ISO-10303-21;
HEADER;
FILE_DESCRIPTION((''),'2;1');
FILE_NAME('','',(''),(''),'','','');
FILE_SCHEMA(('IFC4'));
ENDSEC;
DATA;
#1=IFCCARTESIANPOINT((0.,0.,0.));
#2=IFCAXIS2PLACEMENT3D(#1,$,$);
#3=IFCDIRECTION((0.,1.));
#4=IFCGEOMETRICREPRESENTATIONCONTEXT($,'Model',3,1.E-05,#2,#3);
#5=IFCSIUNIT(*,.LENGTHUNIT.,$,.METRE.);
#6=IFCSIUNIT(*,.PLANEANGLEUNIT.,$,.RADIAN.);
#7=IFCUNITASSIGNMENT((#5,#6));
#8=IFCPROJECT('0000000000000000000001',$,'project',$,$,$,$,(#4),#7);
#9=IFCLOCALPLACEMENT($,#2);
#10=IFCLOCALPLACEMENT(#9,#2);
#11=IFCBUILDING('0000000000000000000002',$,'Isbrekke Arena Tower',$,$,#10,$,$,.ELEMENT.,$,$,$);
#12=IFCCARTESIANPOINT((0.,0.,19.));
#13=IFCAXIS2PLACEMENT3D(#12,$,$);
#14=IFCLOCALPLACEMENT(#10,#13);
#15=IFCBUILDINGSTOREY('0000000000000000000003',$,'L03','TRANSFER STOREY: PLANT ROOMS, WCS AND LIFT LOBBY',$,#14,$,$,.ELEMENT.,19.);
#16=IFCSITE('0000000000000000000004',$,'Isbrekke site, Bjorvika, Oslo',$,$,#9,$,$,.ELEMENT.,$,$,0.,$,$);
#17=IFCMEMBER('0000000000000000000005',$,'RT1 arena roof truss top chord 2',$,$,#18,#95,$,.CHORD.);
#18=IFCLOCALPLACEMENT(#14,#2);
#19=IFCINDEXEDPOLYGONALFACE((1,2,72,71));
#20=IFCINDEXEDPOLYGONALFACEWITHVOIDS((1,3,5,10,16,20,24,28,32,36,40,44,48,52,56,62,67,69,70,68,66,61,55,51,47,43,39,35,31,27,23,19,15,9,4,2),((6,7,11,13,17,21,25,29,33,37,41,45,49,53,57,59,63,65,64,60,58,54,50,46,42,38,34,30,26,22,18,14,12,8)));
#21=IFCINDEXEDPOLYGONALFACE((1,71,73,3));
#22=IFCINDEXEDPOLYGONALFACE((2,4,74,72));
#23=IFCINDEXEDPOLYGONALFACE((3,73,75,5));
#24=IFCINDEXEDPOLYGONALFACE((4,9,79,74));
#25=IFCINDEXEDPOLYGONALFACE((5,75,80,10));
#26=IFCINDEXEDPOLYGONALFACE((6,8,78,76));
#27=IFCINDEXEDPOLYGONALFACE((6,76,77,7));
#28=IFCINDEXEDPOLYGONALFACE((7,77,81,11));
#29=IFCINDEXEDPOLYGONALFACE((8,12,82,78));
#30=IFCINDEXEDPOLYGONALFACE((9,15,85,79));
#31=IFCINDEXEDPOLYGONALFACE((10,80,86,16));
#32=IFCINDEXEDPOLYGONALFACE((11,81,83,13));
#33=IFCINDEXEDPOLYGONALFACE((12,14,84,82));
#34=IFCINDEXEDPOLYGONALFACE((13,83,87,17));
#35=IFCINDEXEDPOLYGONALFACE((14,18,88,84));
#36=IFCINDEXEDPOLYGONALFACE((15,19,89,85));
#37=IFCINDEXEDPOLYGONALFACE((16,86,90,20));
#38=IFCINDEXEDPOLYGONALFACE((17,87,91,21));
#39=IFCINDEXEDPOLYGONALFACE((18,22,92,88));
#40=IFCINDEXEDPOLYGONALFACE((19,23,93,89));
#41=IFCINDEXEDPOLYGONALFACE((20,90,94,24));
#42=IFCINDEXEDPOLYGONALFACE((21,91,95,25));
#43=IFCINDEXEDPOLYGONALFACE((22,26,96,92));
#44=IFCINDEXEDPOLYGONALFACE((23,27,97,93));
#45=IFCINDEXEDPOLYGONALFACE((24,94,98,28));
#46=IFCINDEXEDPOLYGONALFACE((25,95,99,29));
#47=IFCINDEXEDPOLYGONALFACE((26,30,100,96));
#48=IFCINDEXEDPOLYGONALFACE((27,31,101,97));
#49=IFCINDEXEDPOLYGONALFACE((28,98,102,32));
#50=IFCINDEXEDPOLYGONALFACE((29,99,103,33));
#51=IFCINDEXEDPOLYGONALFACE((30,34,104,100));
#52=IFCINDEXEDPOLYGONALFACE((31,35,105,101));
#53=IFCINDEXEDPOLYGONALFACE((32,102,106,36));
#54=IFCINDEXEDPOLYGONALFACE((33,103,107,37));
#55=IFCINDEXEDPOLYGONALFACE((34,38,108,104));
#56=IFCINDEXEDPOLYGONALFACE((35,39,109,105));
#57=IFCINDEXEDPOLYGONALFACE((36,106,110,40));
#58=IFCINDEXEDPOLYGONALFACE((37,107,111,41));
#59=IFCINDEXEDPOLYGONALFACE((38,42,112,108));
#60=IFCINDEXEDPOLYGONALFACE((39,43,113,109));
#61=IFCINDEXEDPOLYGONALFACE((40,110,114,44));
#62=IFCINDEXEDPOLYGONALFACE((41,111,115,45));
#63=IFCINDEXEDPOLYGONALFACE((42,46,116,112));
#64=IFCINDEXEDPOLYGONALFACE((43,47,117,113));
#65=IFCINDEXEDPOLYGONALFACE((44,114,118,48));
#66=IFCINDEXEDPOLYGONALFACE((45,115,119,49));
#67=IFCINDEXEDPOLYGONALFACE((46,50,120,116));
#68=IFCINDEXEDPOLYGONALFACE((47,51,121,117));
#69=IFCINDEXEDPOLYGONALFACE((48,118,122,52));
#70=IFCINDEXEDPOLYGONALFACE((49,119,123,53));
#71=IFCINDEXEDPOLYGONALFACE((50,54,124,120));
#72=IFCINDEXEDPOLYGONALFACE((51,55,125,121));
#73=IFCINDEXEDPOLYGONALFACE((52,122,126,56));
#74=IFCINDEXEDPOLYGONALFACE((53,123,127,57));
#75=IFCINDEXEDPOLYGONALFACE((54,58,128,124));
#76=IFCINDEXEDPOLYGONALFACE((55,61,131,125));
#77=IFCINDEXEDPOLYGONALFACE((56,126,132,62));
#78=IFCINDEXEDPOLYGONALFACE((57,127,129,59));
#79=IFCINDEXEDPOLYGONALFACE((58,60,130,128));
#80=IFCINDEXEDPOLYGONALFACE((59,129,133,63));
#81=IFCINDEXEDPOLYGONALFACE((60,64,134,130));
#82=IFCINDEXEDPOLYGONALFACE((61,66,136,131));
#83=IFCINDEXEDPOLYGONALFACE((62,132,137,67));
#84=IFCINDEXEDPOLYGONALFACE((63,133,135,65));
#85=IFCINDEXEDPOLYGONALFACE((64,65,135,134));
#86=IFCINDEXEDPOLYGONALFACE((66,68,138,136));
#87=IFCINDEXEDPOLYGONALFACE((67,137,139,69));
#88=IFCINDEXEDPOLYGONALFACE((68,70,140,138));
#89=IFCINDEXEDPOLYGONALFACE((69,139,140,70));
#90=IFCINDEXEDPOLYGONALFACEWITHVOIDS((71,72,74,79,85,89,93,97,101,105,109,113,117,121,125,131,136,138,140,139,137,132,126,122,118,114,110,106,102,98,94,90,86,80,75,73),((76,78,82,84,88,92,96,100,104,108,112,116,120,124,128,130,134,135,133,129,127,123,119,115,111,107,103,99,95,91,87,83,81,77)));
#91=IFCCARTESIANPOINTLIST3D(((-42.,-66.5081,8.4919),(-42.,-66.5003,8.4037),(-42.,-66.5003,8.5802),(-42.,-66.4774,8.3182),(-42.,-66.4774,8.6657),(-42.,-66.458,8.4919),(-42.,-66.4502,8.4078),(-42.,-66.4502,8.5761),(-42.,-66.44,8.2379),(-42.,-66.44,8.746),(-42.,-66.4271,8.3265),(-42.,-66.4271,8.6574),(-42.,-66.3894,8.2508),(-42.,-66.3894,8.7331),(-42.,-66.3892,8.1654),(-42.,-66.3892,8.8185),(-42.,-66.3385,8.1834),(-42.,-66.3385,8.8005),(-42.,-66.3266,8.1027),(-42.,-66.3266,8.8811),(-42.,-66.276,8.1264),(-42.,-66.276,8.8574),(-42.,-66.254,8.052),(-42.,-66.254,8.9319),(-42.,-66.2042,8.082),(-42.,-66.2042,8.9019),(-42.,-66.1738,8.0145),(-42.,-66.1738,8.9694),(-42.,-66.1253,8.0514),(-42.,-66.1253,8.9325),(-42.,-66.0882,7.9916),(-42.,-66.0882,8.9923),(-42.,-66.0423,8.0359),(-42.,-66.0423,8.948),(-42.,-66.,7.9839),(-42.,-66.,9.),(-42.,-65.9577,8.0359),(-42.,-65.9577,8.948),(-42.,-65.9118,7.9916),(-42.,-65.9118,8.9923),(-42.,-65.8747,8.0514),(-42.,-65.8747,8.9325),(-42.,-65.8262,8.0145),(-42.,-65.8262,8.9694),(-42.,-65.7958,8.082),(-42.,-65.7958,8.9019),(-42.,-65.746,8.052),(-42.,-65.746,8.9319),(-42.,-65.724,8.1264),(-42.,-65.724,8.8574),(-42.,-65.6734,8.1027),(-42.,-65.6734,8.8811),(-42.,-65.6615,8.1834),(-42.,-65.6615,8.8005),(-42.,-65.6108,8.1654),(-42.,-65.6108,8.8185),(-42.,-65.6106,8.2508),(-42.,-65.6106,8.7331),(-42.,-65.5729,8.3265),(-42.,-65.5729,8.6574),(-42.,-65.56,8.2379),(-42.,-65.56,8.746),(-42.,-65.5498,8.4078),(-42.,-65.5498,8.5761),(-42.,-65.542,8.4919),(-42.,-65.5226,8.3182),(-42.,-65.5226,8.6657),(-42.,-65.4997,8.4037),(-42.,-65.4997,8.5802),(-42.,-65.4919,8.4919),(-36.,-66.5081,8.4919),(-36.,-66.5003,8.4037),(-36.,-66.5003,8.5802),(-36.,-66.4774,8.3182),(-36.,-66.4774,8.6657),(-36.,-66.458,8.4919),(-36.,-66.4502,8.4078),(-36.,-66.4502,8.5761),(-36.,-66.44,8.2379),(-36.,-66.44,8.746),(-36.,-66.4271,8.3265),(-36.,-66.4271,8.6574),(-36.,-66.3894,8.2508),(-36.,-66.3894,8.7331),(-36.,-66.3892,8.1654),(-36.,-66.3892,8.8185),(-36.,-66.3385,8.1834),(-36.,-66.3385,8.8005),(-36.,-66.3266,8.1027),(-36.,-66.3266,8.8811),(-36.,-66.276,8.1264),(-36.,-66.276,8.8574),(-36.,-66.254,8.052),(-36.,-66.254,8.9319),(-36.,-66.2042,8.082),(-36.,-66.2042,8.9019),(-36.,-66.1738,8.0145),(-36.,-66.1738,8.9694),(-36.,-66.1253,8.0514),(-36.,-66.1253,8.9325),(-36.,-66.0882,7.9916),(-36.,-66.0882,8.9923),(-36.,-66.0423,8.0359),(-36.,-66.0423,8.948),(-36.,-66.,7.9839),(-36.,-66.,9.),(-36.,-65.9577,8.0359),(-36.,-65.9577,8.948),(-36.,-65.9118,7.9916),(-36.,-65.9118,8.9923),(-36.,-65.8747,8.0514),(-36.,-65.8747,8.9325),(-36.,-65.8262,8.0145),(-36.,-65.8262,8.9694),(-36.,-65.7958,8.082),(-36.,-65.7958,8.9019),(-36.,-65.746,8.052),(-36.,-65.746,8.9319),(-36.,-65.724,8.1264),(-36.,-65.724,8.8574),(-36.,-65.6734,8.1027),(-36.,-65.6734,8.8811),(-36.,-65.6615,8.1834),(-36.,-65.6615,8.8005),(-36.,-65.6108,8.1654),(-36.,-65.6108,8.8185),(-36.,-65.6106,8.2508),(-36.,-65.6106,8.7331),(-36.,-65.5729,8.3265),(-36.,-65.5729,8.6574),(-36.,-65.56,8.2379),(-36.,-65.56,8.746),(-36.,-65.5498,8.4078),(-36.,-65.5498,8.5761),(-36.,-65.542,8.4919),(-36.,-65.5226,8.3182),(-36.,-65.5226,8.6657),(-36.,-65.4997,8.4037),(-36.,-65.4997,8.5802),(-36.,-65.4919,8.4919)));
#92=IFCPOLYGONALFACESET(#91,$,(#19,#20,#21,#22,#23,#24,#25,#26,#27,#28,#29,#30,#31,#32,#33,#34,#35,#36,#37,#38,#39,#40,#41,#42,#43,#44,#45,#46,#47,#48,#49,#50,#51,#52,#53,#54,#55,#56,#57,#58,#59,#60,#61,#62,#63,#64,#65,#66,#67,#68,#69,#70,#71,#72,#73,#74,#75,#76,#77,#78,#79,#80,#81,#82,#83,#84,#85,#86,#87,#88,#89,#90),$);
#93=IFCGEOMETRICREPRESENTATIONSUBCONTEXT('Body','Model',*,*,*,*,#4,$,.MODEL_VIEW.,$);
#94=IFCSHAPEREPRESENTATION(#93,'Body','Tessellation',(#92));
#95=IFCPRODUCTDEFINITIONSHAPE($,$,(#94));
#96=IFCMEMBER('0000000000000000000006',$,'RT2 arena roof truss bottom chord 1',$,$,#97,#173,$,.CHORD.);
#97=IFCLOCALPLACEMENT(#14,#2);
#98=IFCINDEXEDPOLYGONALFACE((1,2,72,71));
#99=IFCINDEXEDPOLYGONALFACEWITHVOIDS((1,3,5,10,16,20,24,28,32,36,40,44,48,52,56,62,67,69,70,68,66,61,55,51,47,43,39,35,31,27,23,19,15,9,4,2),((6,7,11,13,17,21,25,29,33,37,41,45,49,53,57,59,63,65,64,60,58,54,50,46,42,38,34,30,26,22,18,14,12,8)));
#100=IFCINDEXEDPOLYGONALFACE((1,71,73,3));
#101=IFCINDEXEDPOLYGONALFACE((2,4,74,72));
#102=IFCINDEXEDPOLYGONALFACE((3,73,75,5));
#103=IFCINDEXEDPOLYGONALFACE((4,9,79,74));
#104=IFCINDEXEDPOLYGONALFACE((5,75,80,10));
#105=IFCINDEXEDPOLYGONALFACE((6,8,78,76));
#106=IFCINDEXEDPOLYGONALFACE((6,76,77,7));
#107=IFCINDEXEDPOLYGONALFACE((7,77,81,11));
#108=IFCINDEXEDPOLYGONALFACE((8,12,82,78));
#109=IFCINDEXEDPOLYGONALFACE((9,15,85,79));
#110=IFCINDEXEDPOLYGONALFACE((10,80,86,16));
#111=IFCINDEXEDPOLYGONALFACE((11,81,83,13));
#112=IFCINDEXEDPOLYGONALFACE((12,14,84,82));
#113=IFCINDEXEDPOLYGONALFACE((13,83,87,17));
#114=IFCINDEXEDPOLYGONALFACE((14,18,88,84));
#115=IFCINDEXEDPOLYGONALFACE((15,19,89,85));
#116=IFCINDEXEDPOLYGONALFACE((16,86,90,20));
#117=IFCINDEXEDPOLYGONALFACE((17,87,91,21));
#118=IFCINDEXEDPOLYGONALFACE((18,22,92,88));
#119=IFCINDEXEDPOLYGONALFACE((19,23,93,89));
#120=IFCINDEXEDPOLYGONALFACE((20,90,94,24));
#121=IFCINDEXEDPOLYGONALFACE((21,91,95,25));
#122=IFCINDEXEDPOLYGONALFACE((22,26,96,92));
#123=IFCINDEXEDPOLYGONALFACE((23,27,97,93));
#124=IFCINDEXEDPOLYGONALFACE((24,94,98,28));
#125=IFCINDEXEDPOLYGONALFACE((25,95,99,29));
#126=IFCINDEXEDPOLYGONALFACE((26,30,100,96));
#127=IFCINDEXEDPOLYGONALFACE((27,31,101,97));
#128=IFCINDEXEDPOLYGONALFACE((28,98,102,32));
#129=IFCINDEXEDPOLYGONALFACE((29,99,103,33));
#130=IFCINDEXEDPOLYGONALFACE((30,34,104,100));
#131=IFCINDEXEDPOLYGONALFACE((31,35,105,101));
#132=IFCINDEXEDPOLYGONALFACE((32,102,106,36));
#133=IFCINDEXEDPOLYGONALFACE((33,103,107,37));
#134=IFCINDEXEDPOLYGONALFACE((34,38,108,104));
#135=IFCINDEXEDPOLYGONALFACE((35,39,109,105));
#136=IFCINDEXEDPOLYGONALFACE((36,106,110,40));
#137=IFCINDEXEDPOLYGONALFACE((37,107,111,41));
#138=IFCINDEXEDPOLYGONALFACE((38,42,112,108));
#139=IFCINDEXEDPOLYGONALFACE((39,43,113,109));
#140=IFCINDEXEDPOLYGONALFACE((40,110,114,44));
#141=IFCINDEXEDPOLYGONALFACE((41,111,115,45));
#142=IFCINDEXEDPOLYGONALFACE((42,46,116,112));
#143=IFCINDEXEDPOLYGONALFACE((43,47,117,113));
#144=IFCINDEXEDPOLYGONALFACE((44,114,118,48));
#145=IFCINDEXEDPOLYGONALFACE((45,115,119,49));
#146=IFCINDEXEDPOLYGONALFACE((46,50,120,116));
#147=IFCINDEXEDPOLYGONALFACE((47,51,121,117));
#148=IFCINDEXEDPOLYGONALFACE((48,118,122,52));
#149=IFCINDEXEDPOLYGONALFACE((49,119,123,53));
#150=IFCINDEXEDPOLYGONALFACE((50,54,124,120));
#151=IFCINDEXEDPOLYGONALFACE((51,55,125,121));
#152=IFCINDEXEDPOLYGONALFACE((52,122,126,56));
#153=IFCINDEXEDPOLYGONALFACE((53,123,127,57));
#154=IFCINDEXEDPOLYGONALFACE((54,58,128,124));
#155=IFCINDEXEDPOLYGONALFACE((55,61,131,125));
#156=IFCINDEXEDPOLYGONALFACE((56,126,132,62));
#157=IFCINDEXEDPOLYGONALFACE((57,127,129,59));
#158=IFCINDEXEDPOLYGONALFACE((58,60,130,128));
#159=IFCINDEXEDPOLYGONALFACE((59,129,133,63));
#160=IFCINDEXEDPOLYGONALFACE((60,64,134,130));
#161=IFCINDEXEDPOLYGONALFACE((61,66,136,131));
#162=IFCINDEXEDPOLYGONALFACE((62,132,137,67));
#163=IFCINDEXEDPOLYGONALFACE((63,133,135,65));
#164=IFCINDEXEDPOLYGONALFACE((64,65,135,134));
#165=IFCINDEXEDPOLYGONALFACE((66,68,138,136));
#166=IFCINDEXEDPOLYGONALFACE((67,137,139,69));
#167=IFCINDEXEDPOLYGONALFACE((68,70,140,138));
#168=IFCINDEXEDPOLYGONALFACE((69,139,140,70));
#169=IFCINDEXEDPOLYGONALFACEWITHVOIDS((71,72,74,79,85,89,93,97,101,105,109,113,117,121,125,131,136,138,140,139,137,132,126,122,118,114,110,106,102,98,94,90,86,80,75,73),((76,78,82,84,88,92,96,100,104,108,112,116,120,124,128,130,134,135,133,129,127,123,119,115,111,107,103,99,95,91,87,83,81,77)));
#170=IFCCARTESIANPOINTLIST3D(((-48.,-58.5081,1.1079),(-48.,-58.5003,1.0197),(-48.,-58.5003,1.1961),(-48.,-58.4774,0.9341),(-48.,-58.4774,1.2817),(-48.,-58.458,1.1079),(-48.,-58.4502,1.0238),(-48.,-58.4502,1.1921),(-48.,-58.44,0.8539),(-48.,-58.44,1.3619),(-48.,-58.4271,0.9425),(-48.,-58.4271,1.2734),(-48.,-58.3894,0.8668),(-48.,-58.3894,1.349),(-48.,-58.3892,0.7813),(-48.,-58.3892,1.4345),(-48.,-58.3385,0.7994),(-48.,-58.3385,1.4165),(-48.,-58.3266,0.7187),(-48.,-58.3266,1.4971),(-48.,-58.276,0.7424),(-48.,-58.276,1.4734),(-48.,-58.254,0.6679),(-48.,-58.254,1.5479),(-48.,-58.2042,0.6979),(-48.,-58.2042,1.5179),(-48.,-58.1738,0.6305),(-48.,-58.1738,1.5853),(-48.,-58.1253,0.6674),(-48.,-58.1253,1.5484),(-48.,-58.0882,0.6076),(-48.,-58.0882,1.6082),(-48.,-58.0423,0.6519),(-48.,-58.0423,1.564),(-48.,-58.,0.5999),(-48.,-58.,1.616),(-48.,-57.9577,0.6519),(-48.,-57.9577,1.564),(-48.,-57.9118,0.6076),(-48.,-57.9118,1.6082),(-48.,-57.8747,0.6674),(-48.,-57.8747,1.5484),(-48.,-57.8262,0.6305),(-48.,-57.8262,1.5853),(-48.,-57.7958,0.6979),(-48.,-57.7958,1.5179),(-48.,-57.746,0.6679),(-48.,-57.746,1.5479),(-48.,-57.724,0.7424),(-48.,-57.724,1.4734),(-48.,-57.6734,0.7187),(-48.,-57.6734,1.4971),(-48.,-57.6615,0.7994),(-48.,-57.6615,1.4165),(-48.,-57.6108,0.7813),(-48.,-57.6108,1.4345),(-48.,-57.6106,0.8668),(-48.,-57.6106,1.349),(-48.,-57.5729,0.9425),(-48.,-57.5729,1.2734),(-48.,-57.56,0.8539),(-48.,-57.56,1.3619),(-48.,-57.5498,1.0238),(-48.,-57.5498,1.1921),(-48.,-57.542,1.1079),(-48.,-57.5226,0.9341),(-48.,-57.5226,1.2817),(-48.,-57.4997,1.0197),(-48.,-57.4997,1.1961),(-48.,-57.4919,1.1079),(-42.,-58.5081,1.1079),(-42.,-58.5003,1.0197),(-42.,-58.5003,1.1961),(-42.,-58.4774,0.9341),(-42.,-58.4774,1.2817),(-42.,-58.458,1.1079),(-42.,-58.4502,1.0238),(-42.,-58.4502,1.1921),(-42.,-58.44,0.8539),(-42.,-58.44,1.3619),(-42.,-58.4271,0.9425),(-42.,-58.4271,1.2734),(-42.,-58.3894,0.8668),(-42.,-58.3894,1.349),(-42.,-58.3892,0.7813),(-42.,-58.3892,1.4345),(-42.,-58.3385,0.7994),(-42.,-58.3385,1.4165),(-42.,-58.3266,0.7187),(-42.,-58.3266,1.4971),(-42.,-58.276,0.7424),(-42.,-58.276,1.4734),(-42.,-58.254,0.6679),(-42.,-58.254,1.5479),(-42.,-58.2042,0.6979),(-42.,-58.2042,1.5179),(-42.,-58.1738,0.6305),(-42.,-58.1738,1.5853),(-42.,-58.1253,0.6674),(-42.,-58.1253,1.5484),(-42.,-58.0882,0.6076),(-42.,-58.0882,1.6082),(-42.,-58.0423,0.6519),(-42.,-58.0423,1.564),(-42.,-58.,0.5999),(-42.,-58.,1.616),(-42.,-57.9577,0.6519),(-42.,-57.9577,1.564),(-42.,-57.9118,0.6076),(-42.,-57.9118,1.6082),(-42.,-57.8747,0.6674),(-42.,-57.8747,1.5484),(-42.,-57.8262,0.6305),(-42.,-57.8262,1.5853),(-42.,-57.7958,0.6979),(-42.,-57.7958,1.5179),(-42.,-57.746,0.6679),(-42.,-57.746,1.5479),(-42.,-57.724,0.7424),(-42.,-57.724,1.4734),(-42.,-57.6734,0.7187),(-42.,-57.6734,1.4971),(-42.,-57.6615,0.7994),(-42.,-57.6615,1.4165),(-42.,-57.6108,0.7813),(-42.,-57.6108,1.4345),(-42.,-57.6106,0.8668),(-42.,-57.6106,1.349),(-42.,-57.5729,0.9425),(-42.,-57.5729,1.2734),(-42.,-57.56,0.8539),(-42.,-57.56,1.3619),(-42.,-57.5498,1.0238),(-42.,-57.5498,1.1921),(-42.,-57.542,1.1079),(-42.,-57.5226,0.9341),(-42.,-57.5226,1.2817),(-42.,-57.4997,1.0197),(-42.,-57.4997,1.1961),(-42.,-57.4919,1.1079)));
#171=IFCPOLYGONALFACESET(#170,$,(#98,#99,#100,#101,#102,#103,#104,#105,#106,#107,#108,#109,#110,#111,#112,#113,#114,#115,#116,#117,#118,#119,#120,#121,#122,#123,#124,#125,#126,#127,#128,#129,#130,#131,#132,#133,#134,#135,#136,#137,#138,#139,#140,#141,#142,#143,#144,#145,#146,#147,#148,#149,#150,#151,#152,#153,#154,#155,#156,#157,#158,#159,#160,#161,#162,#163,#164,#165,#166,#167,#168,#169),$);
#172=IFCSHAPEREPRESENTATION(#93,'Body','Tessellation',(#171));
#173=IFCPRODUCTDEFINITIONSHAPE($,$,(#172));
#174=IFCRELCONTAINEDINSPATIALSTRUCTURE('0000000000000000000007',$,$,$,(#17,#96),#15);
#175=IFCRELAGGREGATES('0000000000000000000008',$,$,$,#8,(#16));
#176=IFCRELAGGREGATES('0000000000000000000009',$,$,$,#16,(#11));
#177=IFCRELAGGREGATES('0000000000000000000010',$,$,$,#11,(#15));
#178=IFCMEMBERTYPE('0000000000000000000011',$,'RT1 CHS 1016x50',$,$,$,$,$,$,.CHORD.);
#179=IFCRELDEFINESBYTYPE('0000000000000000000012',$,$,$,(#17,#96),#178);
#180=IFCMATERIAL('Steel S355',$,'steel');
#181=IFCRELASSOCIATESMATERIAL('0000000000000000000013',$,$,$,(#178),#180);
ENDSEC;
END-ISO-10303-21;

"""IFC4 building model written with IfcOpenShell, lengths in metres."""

from ifc_helpers import new_model, si_unit, direction, frame, origin, origin_2d, place, context, subcontext, project, spatial, hollow_circle, extrude, material, material_profile, profile_set, type_object, element, save


model = new_model("IFC4")

# Units and contexts
model_context = context("Model", 3, precision=1e-05, world=origin(), true_north=direction((0.0, 1.0)))
body_context = subcontext(model_context, "Body", "Model", "MODEL_VIEW")
ifc_project = project(units=[si_unit("LENGTHUNIT", "METRE"), si_unit("PLANEANGLEUNIT", "RADIAN")], contexts=[model_context])

# Site, building, storey
site_placement = place(None, origin())
site = spatial("IfcSite", under=ifc_project, at=site_placement, Name="Isbrekke site, Bjorvika, Oslo", CompositionType="ELEMENT", RefElevation=0.0)
building_placement = place(site_placement, origin())
building = spatial("IfcBuilding", under=site, at=building_placement, Name="Isbrekke Arena Tower", CompositionType="ELEMENT")
storey_placement = place(building_placement, frame((0.0, 0.0, 19.0)))
storey = spatial("IfcBuildingStorey", under=building, at=storey_placement, Name="L03", Description="TRANSFER STOREY: PLANT ROOMS, WCS AND LIFT LOBBY", CompositionType="ELEMENT", Elevation=19.0)

# Members
ifc_material_1 = material(Name="Steel S355", Category="steel")
ifc_material_profile_1 = material_profile(ifc_material_1, hollow_circle(Radius=0.5081, WallThickness=0.05, at=origin_2d()), Name="CHS 1016x50")
ifc_profile_set_1 = profile_set([ifc_material_profile_1], Name="Steel S355")
member_type_1 = type_object("IfcMemberType", Name="RT1 CHS 1016x50", PredefinedType="CHORD", material=ifc_profile_set_1)
for number, where, z_axis, x_axis, name in (
    (1, (-42.0, -66.0, 8.4919), (1.0, 0.0, 0.0), (0.0, 1.0, 0.0), "RT1 arena roof truss top chord 2"),
    (2, (-48.0, -58.0, 1.1079), (1.0, 0.0, 0.0), (0.0, 1.0, 0.0), "RT2 arena roof truss bottom chord 1"),
):
    element("IfcMember", number, at=place(storey_placement, frame(where, z_axis=z_axis, x_axis=x_axis)), inside=storey, type_object=member_type_1, Name=name, PredefinedType="CHORD", context=body_context, shape_type="SweptSolid", body=[
        extrude(hollow_circle(Radius=0.5081, WallThickness=0.05, at=origin_2d()), origin(), (0.0, 0.0, 1.0), 6.0),
    ])

save(model, "model.ifc")
